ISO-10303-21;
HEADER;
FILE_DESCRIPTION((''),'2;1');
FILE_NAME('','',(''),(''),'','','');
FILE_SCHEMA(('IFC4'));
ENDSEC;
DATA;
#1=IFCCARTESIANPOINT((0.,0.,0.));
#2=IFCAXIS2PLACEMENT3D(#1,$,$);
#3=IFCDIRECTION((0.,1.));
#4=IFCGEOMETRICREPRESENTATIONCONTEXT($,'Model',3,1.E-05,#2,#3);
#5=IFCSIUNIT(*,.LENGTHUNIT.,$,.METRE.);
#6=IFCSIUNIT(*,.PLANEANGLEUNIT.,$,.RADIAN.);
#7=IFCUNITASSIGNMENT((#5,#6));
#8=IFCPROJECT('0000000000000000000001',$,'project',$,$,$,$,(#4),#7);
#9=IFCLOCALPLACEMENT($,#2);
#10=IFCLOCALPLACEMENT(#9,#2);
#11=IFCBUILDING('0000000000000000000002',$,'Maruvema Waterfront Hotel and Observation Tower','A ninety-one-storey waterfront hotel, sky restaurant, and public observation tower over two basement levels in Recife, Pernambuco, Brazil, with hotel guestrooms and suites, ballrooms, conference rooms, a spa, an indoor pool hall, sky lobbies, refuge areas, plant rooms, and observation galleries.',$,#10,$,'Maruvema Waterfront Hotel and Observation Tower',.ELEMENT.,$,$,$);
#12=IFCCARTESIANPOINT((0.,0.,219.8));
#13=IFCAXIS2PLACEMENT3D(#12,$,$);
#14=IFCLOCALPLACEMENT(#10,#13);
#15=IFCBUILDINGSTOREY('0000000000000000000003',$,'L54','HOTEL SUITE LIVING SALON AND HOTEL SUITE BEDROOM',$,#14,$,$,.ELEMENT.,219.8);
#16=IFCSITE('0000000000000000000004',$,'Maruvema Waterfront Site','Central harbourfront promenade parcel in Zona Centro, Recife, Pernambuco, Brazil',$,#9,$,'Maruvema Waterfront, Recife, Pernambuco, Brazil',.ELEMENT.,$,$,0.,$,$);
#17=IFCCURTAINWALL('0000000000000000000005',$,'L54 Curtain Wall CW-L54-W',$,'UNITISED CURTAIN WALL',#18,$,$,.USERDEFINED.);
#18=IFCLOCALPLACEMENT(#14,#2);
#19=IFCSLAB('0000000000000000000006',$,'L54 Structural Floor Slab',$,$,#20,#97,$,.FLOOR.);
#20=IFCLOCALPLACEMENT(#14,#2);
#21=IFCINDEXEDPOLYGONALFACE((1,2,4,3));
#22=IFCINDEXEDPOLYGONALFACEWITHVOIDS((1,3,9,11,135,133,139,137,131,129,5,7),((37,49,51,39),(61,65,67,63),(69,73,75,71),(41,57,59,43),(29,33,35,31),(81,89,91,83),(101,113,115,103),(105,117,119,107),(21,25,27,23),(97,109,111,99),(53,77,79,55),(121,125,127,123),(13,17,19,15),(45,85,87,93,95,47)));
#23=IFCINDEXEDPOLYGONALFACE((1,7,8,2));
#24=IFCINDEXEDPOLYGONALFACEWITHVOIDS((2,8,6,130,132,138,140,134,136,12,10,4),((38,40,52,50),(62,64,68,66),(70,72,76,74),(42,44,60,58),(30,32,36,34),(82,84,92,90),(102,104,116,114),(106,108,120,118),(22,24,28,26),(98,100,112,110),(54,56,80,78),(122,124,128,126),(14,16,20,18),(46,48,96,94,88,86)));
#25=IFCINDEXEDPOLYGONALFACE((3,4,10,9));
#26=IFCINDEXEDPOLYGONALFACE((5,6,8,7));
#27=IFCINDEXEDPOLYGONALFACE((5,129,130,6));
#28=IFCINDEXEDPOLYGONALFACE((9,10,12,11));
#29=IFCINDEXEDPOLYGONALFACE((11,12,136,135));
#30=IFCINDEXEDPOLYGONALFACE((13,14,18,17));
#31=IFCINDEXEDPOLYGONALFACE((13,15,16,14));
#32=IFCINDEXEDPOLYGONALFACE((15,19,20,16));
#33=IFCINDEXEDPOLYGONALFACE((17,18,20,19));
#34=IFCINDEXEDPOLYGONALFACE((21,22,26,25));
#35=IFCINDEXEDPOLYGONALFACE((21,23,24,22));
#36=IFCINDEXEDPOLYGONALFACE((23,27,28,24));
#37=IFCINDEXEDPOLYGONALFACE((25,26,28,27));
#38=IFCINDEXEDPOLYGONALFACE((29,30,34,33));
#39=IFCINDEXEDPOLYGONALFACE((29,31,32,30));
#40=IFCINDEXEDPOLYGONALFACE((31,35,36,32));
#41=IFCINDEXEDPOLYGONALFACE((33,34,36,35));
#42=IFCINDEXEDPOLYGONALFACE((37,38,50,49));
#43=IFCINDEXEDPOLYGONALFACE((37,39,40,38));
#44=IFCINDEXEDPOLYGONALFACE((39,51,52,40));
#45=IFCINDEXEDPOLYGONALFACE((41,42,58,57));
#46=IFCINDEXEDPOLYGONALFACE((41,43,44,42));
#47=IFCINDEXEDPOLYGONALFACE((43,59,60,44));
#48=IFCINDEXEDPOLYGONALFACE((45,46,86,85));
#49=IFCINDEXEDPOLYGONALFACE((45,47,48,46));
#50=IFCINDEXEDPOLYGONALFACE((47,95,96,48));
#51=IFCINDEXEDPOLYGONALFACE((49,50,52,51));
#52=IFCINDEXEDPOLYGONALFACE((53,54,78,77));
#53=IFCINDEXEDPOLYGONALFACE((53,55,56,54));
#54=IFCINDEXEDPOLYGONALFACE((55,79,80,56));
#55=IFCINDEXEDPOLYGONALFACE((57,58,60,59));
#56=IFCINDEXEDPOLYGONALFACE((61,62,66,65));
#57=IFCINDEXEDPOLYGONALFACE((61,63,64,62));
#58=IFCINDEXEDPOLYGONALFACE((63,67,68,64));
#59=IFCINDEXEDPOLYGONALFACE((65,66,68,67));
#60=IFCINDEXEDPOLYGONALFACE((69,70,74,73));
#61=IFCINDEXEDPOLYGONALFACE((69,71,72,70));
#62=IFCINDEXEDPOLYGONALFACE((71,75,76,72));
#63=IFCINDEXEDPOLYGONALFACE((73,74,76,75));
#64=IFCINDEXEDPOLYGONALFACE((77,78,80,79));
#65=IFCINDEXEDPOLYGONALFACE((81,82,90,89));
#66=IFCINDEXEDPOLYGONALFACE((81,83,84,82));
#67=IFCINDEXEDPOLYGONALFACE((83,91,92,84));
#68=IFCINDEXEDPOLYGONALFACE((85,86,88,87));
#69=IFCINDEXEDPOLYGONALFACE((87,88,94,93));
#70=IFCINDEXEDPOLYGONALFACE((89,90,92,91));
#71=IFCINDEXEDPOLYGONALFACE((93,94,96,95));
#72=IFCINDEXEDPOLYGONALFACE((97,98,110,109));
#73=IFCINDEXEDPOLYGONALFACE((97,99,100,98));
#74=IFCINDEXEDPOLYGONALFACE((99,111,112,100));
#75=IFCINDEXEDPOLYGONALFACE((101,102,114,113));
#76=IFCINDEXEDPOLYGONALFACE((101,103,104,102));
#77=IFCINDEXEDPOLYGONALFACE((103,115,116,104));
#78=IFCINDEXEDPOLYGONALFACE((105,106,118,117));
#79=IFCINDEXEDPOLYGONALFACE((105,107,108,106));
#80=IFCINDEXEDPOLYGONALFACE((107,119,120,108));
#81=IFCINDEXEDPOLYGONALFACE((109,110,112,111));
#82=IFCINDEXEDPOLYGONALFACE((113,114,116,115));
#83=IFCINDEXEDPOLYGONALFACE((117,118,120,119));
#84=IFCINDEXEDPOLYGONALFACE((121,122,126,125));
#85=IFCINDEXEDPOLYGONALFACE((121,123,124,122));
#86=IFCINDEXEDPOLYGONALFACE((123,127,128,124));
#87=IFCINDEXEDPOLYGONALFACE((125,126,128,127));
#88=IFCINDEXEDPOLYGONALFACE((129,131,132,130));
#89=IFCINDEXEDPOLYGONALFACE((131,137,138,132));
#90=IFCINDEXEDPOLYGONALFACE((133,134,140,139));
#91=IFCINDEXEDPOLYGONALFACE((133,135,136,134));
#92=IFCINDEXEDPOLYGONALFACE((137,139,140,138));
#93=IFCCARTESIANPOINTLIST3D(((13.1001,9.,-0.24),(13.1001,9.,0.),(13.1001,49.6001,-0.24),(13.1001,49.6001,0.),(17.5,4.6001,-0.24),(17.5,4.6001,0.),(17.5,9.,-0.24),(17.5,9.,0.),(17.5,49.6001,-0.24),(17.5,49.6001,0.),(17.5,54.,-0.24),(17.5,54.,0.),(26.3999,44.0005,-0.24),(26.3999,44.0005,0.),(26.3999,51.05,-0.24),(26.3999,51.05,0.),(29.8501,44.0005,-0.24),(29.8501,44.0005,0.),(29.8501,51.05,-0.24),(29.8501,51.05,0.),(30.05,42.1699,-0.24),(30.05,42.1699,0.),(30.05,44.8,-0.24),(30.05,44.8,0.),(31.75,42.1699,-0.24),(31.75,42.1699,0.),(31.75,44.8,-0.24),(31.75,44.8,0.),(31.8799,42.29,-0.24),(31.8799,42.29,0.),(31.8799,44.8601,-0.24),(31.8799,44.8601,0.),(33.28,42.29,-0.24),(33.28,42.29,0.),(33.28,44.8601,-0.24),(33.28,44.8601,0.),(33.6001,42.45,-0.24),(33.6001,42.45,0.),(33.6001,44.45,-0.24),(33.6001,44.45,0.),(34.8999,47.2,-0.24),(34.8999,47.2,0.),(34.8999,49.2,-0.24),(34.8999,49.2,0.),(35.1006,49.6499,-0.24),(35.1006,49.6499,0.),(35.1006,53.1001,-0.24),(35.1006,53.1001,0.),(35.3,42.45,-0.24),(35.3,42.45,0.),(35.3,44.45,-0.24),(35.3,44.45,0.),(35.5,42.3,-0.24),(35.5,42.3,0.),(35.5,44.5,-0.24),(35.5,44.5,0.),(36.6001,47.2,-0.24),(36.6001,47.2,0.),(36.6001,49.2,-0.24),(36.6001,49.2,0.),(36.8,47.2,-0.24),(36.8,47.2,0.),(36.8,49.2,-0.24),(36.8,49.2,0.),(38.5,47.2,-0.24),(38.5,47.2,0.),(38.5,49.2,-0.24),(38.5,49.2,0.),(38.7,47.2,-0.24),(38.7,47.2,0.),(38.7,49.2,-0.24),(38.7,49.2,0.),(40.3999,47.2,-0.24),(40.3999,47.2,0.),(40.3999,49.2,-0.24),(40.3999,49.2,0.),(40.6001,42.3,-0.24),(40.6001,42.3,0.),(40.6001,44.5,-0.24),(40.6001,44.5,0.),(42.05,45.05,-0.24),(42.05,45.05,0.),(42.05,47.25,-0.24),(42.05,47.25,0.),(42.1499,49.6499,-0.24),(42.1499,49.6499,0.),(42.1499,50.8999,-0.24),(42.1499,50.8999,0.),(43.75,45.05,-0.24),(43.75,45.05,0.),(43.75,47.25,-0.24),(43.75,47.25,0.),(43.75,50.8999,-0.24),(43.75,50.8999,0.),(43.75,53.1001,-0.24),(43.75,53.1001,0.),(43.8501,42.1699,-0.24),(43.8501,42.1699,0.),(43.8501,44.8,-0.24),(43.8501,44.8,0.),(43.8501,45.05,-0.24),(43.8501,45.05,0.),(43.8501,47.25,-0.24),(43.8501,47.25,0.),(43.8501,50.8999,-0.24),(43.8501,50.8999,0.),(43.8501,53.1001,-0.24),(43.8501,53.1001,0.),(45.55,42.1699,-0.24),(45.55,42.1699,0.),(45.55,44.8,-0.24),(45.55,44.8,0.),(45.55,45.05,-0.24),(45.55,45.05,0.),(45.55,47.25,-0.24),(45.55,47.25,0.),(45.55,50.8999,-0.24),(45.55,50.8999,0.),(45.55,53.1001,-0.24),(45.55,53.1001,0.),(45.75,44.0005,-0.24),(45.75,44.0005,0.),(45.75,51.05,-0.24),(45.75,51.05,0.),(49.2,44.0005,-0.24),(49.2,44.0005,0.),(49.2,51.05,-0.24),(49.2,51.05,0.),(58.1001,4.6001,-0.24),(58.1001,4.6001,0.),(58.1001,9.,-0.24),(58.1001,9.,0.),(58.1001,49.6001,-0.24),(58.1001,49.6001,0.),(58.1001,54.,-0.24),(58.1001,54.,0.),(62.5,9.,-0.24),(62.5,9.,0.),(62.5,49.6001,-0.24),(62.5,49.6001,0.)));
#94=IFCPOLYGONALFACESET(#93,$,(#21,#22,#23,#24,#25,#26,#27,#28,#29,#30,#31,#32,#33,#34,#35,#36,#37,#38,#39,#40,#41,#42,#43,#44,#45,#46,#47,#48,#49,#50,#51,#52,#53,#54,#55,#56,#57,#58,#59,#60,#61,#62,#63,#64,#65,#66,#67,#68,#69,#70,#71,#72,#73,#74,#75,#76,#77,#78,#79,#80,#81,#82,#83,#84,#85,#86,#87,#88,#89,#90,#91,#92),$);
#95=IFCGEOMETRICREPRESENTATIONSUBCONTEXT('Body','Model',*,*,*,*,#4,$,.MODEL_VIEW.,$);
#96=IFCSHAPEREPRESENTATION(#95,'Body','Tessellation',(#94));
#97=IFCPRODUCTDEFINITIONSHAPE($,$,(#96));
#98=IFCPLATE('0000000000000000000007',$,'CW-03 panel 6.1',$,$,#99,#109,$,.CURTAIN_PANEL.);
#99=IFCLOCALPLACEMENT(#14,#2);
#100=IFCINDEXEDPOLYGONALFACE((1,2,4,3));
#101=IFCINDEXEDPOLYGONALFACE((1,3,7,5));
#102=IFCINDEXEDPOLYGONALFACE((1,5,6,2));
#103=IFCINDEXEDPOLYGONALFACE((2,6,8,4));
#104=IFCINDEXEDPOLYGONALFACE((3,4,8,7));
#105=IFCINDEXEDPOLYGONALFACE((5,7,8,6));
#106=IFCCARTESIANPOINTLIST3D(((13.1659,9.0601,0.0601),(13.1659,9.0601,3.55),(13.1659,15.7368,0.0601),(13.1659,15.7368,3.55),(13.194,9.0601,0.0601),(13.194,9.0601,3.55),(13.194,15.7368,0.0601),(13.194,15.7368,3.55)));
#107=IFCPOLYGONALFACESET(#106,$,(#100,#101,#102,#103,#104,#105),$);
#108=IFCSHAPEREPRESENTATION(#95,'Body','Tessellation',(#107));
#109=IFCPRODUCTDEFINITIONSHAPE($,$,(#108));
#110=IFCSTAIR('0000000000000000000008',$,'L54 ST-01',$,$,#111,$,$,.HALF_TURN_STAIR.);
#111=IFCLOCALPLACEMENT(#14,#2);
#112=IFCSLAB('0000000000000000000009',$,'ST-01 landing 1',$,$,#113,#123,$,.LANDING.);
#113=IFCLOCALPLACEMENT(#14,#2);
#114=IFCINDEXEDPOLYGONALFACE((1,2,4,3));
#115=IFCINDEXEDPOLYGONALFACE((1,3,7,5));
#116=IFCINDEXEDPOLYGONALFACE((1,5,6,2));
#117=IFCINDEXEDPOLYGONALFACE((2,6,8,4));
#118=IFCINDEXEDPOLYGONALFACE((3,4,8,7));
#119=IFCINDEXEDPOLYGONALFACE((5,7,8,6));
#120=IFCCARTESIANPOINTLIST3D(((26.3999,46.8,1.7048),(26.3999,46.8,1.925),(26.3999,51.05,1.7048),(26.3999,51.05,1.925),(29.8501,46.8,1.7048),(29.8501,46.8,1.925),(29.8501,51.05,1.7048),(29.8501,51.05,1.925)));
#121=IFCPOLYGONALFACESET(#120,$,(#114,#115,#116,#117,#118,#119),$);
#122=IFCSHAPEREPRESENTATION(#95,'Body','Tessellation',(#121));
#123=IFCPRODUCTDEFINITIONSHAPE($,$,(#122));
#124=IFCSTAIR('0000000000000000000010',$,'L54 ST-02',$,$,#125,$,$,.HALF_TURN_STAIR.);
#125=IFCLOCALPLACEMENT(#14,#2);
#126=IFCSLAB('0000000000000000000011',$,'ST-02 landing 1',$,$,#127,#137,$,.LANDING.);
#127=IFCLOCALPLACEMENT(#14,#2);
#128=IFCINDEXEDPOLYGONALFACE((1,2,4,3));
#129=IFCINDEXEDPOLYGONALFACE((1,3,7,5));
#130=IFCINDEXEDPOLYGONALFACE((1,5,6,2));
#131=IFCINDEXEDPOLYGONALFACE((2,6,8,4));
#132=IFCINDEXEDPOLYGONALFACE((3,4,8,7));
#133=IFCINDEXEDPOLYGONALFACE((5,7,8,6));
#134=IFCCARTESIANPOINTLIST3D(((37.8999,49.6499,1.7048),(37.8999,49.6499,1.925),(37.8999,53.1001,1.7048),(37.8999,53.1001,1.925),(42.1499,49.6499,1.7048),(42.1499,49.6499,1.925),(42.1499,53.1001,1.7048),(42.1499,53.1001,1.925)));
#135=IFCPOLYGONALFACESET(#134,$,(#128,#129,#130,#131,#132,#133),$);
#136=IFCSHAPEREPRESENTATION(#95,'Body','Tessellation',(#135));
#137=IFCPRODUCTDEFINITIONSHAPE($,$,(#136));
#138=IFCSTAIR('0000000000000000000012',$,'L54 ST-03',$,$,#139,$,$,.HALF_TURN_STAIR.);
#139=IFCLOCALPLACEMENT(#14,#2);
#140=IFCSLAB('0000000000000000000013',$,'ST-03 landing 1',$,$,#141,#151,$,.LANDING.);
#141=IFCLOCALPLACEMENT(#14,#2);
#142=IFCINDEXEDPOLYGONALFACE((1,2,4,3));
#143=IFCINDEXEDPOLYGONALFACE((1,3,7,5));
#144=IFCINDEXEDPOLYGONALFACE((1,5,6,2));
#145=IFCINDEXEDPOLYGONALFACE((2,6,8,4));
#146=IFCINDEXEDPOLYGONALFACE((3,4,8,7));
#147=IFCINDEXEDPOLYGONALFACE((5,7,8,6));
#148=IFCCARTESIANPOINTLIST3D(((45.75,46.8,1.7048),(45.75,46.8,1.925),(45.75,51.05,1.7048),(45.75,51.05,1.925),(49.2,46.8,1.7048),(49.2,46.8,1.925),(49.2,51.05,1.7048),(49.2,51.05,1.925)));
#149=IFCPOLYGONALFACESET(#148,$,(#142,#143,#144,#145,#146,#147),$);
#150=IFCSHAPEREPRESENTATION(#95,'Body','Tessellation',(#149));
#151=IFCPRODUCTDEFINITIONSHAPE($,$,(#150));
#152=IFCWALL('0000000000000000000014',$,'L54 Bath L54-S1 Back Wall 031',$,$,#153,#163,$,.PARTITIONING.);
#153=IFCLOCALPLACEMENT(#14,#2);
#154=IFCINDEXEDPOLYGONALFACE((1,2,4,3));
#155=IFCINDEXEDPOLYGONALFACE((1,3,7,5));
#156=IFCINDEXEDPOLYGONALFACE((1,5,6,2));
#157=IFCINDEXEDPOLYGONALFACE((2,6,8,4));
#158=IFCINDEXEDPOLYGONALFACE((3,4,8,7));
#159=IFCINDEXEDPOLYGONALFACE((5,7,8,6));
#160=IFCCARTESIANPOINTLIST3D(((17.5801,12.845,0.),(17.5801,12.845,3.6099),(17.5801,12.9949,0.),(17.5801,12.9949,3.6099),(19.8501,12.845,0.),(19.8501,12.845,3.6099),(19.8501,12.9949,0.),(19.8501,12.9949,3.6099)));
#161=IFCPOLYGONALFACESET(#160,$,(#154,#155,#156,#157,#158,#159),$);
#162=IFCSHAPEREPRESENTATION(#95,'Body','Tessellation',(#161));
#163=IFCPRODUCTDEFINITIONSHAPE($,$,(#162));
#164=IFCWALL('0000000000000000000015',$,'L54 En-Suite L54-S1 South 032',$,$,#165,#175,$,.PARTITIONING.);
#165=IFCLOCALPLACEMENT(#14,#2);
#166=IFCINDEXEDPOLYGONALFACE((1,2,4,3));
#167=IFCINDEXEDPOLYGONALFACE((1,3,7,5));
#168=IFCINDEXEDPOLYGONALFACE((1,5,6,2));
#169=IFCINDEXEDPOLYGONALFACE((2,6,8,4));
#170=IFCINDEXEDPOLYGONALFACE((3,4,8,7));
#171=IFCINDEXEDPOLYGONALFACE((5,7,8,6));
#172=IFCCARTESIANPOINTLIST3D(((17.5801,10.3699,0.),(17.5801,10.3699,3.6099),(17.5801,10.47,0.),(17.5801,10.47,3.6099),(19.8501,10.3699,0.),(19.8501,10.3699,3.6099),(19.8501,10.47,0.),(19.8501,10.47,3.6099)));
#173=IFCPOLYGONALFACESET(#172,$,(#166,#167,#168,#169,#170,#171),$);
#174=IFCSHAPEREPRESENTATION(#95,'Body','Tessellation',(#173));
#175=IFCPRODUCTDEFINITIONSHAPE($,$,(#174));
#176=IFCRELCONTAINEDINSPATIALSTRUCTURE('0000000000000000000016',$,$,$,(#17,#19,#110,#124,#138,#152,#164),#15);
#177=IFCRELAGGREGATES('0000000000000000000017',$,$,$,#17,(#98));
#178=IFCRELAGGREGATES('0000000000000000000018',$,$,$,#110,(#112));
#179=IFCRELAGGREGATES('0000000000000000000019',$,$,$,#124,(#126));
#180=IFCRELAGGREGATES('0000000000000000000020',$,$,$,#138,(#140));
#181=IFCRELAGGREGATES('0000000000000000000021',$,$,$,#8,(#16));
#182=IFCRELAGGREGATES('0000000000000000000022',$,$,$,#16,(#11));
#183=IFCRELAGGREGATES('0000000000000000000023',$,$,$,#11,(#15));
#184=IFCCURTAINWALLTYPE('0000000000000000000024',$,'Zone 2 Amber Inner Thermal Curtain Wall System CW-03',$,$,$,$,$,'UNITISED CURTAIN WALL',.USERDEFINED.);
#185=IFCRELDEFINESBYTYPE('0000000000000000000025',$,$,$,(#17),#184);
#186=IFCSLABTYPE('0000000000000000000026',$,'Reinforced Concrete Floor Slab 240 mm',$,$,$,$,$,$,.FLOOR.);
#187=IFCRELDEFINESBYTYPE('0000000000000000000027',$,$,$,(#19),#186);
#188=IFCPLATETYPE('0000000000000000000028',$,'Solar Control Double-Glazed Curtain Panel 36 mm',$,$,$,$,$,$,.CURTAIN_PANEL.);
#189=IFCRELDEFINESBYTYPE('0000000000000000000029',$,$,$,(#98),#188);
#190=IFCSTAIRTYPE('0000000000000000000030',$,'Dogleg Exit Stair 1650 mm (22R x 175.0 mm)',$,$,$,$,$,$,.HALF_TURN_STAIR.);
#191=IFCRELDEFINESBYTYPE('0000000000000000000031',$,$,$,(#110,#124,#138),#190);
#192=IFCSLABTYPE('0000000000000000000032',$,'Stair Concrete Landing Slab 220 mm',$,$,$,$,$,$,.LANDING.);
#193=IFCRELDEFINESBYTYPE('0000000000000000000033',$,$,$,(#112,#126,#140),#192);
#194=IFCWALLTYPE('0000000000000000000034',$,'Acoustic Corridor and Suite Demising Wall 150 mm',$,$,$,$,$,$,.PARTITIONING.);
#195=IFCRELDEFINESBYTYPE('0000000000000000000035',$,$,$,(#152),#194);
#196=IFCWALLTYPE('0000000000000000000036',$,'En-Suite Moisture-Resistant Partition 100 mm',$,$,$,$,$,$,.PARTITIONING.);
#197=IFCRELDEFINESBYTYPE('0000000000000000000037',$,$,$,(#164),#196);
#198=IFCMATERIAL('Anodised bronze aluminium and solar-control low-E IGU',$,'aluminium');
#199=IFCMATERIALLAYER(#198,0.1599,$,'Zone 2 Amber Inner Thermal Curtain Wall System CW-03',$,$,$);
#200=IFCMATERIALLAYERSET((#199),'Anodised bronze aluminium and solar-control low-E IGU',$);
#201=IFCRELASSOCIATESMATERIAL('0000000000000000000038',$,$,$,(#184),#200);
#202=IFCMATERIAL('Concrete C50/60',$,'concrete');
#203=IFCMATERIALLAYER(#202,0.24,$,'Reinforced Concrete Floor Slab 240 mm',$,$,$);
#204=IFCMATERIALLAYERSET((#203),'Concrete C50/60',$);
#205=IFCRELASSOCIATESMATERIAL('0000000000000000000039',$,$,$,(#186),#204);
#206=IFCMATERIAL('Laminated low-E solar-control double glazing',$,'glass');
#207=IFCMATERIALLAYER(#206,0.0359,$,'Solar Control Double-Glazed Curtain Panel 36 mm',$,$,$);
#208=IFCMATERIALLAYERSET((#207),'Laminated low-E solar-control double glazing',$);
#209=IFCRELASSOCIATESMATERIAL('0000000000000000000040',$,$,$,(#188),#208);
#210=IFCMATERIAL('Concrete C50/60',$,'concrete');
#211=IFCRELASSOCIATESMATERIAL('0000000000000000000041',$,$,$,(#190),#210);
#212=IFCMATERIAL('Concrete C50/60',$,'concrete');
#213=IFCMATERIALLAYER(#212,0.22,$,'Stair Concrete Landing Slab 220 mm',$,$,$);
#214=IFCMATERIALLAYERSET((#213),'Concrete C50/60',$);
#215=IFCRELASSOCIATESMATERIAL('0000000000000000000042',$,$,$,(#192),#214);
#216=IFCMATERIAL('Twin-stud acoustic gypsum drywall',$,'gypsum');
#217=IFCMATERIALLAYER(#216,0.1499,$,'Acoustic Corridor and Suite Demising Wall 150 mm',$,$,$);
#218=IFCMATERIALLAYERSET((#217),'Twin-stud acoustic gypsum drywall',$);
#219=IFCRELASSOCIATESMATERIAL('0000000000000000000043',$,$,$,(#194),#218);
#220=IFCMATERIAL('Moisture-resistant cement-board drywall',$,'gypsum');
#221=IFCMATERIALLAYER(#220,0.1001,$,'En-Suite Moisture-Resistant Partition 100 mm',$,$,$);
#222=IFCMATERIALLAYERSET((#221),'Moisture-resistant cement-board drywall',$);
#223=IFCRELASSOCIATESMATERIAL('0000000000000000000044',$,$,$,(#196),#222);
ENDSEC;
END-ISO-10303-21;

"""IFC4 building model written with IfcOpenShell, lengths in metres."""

from ifc_helpers import new_model, si_unit, direction, frame, frame_2d, origin, origin_2d, place, context, subcontext, project, spatial, polyline, rectangle, outline, extrude, material, layer, layer_set, type_object, element, aggregate, save


model = new_model("IFC4")

# Units and contexts
model_context = context("Model", 3, precision=1e-05, world=origin(), true_north=direction((0.0, 1.0)))
body_context = subcontext(model_context, "Body", "Model", "MODEL_VIEW")
ifc_project = project(units=[si_unit("LENGTHUNIT", "METRE"), si_unit("PLANEANGLEUNIT", "RADIAN")], contexts=[model_context])

# Site, building, storey
site_placement = place(None, origin())
site = spatial("IfcSite", under=ifc_project, at=site_placement, Name="Maruvema Waterfront Site", Description="Central harbourfront promenade parcel in Zona Centro, Recife, Pernambuco, Brazil", LongName="Maruvema Waterfront, Recife, Pernambuco, Brazil", CompositionType="ELEMENT", RefElevation=0.0)
building_placement = place(site_placement, origin())
building = spatial("IfcBuilding", under=site, at=building_placement, Name="Maruvema Waterfront Hotel and Observation Tower", Description="A ninety-one-storey waterfront hotel, sky restaurant, and public observation tower over two basement levels in Recife, Pernambuco, Brazil, with hotel guestrooms and suites, ballrooms, conference rooms, a spa, an indoor pool hall, sky lobbies, refuge areas, plant rooms, and observation galleries.", LongName="Maruvema Waterfront Hotel and Observation Tower", CompositionType="ELEMENT")
storey_placement = place(building_placement, frame((0.0, 0.0, 219.8)))
storey = spatial("IfcBuildingStorey", under=building, at=storey_placement, Name="L54", Description="HOTEL SUITE LIVING SALON AND HOTEL SUITE BEDROOM", CompositionType="ELEMENT", Elevation=219.8)

# Curtain wall
ifc_material_1 = material(Name="Anodised bronze aluminium and solar-control low-E IGU", Category="aluminium")
ifc_layer_1 = layer(ifc_material_1, 0.1599, Name="Zone 2 Amber Inner Thermal Curtain Wall System CW-03")
ifc_layer_set_1 = layer_set([ifc_layer_1], Name="Anodised bronze aluminium and solar-control low-E IGU")
curtain_wall_type = type_object("IfcCurtainWallType", Name="Zone 2 Amber Inner Thermal Curtain Wall System CW-03", ElementType="UNITISED CURTAIN WALL", PredefinedType="USERDEFINED", material=ifc_layer_set_1)
curtain_wall_1_placement = place(storey_placement, origin())
curtain_wall_1 = element("IfcCurtainWall", 1, at=curtain_wall_1_placement, inside=storey, type_object=curtain_wall_type, Name="L54 Curtain Wall CW-L54-W", ObjectType="UNITISED CURTAIN WALL", PredefinedType="USERDEFINED")

# Slab
ifc_material_2 = material(Name="Concrete C50/60", Category="concrete")
ifc_layer_2 = layer(ifc_material_2, 0.24, Name="Reinforced Concrete Floor Slab 240 mm")
ifc_layer_set_2 = layer_set([ifc_layer_2], Name="Concrete C50/60")
slab_type_1 = type_object("IfcSlabType", Name="Reinforced Concrete Floor Slab 240 mm", PredefinedType="FLOOR", material=ifc_layer_set_2)
slab_1_placement = place(storey_placement, frame((0.0, 0.0, -0.24)))
element("IfcSlab", 2, at=slab_1_placement, inside=storey, type_object=slab_type_1, Name="L54 Structural Floor Slab", PredefinedType="FLOOR", context=body_context, shape_type="SweptSolid", body=[
    extrude(outline(polyline([(17.5, 4.6001), (58.1001, 4.6001), (58.1001, 9.0), (62.5, 9.0), (62.5, 49.6001), (58.1001, 49.6001), (58.1001, 54.0), (17.5, 54.0), (17.5, 49.6001), (13.1001, 49.6001), (13.1001, 9.0), (17.5, 9.0), (17.5, 4.6001)]), holes=[polyline([(26.3999, 44.0005), (26.3999, 51.05), (29.8501, 51.05), (29.8501, 44.0005), (26.3999, 44.0005)]), polyline([(30.05, 44.8), (31.75, 44.8), (31.75, 42.1699), (30.05, 42.1699), (30.05, 44.8)]), polyline([(31.8799, 44.8601), (33.28, 44.8601), (33.28, 42.29), (31.8799, 42.29), (31.8799, 44.8601)]), polyline([(33.6001, 44.45), (35.3, 44.45), (35.3, 42.45), (33.6001, 42.45), (33.6001, 44.45)]), polyline([(34.8999, 49.2), (36.6001, 49.2), (36.6001, 47.2), (34.8999, 47.2), (34.8999, 49.2)]), polyline([(36.8, 49.2), (38.5, 49.2), (38.5, 47.2), (36.8, 47.2), (36.8, 49.2)]), polyline([(35.5, 42.3), (35.5, 44.5), (40.6001, 44.5), (40.6001, 42.3), (35.5, 42.3)]), polyline([(35.1006, 53.1001), (43.75, 53.1001), (43.75, 50.8999), (42.1499, 50.8999), (42.1499, 49.6499), (35.1006, 49.6499), (35.1006, 53.1001)]), polyline([(38.7, 49.2), (40.3999, 49.2), (40.3999, 47.2), (38.7, 47.2), (38.7, 49.2)]), polyline([(42.05, 47.25), (43.75, 47.25), (43.75, 45.05), (42.05, 45.05), (42.05, 47.25)]), polyline([(43.8501, 44.8), (45.55, 44.8), (45.55, 42.1699), (43.8501, 42.1699), (43.8501, 44.8)]), polyline([(43.8501, 47.25), (45.55, 47.25), (45.55, 45.05), (43.8501, 45.05), (43.8501, 47.25)]), polyline([(45.55, 53.1001), (45.55, 50.8999), (43.8501, 50.8999), (43.8501, 53.1001), (45.55, 53.1001)]), polyline([(45.75, 44.0005), (45.75, 51.05), (49.2, 51.05), (49.2, 44.0005), (45.75, 44.0005)])]), origin(), (0.0, 0.0, 1.0), 0.24),
])

# Plate
ifc_material_3 = material(Name="Laminated low-E solar-control double glazing", Category="glass")
ifc_layer_3 = layer(ifc_material_3, 0.0359, Name="Solar Control Double-Glazed Curtain Panel 36 mm")
ifc_layer_set_3 = layer_set([ifc_layer_3], Name="Laminated low-E solar-control double glazing")
plate_type = type_object("IfcPlateType", Name="Solar Control Double-Glazed Curtain Panel 36 mm", PredefinedType="CURTAIN_PANEL", material=ifc_layer_set_3)
plate_placement = place(storey_placement, frame((13.1799, 12.3984, 0.0601), z_axis=(0.0, 0.0, 1.0), x_axis=(0.0, -1.0, 0.0)))
plate = element("IfcPlate", 3, at=plate_placement, type_object=plate_type, Name="CW-03 panel 6.1", PredefinedType="CURTAIN_PANEL", context=body_context, shape_type="SweptSolid", body=[
    extrude(rectangle(XDim=6.6768, YDim=0.0281, at=origin_2d()), origin(), (0.0, 0.0, 1.0), 3.49),
])
aggregate(curtain_wall_1, [plate])

# Stairs, slabs
ifc_material_4 = material(Name="Concrete C50/60", Category="concrete")
stair_type = type_object("IfcStairType", Name="Dogleg Exit Stair 1650 mm (22R x 175.0 mm)", PredefinedType="HALF_TURN_STAIR", material=ifc_material_4)
stair_1_placement = place(storey_placement, origin())
stair_1 = element("IfcStair", 4, at=stair_1_placement, inside=storey, type_object=stair_type, Name="L54 ST-01", PredefinedType="HALF_TURN_STAIR")
ifc_material_5 = material(Name="Concrete C50/60", Category="concrete")
ifc_layer_4 = layer(ifc_material_5, 0.22, Name="Stair Concrete Landing Slab 220 mm")
ifc_layer_set_4 = layer_set([ifc_layer_4], Name="Concrete C50/60")
slab_type_2 = type_object("IfcSlabType", Name="Stair Concrete Landing Slab 220 mm", PredefinedType="LANDING", material=ifc_layer_set_4)
slab_2_placement = place(storey_placement, frame((0.0, 0.0, 1.7048)))
slab_2 = element("IfcSlab", 5, at=slab_2_placement, type_object=slab_type_2, Name="ST-01 landing 1", PredefinedType="LANDING", context=body_context, shape_type="SweptSolid", body=[
    extrude(outline(polyline([(29.8501, 46.8), (29.8501, 51.05), (26.3999, 51.05), (26.3999, 46.8), (29.8501, 46.8)])), origin(), (0.0, 0.0, 1.0), 0.2202),
])
aggregate(stair_1, [slab_2])
stair_2_placement = place(storey_placement, origin())
stair_2 = element("IfcStair", 6, at=stair_2_placement, inside=storey, type_object=stair_type, Name="L54 ST-02", PredefinedType="HALF_TURN_STAIR")
slab_3_placement = place(storey_placement, frame((0.0, 0.0, 1.7048)))
slab_3 = element("IfcSlab", 7, at=slab_3_placement, type_object=slab_type_2, Name="ST-02 landing 1", PredefinedType="LANDING", context=body_context, shape_type="SweptSolid", body=[
    extrude(outline(polyline([(37.8999, 49.6499), (42.1499, 49.6499), (42.1499, 53.1001), (37.8999, 53.1001), (37.8999, 49.6499)])), origin(), (0.0, 0.0, 1.0), 0.2202),
])
aggregate(stair_2, [slab_3])
stair_3_placement = place(storey_placement, origin())
stair_3 = element("IfcStair", 8, at=stair_3_placement, inside=storey, type_object=stair_type, Name="L54 ST-03", PredefinedType="HALF_TURN_STAIR")
slab_4_placement = place(storey_placement, frame((0.0, 0.0, 1.7048)))
slab_4 = element("IfcSlab", 9, at=slab_4_placement, type_object=slab_type_2, Name="ST-03 landing 1", PredefinedType="LANDING", context=body_context, shape_type="SweptSolid", body=[
    extrude(outline(polyline([(49.2, 46.8), (49.2, 51.05), (45.75, 51.05), (45.75, 46.8), (49.2, 46.8)])), origin(), (0.0, 0.0, 1.0), 0.2202),
])
aggregate(stair_3, [slab_4])

# Walls
ifc_material_6 = material(Name="Twin-stud acoustic gypsum drywall", Category="gypsum")
ifc_layer_5 = layer(ifc_material_6, 0.1499, Name="Acoustic Corridor and Suite Demising Wall 150 mm")
ifc_layer_set_5 = layer_set([ifc_layer_5], Name="Twin-stud acoustic gypsum drywall")
wall_type_1 = type_object("IfcWallType", Name="Acoustic Corridor and Suite Demising Wall 150 mm", PredefinedType="PARTITIONING", material=ifc_layer_set_5)
wall_1_placement = place(storey_placement, frame((17.5801, 12.9199, 0.0), z_axis=(0.0, 0.0, 1.0), x_axis=(1.0, 0.0, 0.0)))
element("IfcWall", 10, at=wall_1_placement, inside=storey, type_object=wall_type_1, Name="L54 Bath L54-S1 Back Wall 031", PredefinedType="PARTITIONING", context=body_context, shape_type="SweptSolid", body=[
    extrude(rectangle(XDim=2.27, YDim=0.1499, at=frame_2d((1.135, 0.0))), origin(), (0.0, 0.0, 1.0), 3.6099),
])
ifc_material_7 = material(Name="Moisture-resistant cement-board drywall", Category="gypsum")
ifc_layer_6 = layer(ifc_material_7, 0.1001, Name="En-Suite Moisture-Resistant Partition 100 mm")
ifc_layer_set_6 = layer_set([ifc_layer_6], Name="Moisture-resistant cement-board drywall")
wall_type_2 = type_object("IfcWallType", Name="En-Suite Moisture-Resistant Partition 100 mm", PredefinedType="PARTITIONING", material=ifc_layer_set_6)
wall_2_placement = place(storey_placement, frame((17.5801, 10.4199, 0.0), z_axis=(0.0, 0.0, 1.0), x_axis=(1.0, 0.0, 0.0)))
element("IfcWall", 11, at=wall_2_placement, inside=storey, type_object=wall_type_2, Name="L54 En-Suite L54-S1 South 032", PredefinedType="PARTITIONING", context=body_context, shape_type="SweptSolid", body=[
    extrude(rectangle(XDim=2.27, YDim=0.1001, at=frame_2d((1.135, 0.0))), origin(), (0.0, 0.0, 1.0), 3.6099),
])

save(model, "model.ifc")
